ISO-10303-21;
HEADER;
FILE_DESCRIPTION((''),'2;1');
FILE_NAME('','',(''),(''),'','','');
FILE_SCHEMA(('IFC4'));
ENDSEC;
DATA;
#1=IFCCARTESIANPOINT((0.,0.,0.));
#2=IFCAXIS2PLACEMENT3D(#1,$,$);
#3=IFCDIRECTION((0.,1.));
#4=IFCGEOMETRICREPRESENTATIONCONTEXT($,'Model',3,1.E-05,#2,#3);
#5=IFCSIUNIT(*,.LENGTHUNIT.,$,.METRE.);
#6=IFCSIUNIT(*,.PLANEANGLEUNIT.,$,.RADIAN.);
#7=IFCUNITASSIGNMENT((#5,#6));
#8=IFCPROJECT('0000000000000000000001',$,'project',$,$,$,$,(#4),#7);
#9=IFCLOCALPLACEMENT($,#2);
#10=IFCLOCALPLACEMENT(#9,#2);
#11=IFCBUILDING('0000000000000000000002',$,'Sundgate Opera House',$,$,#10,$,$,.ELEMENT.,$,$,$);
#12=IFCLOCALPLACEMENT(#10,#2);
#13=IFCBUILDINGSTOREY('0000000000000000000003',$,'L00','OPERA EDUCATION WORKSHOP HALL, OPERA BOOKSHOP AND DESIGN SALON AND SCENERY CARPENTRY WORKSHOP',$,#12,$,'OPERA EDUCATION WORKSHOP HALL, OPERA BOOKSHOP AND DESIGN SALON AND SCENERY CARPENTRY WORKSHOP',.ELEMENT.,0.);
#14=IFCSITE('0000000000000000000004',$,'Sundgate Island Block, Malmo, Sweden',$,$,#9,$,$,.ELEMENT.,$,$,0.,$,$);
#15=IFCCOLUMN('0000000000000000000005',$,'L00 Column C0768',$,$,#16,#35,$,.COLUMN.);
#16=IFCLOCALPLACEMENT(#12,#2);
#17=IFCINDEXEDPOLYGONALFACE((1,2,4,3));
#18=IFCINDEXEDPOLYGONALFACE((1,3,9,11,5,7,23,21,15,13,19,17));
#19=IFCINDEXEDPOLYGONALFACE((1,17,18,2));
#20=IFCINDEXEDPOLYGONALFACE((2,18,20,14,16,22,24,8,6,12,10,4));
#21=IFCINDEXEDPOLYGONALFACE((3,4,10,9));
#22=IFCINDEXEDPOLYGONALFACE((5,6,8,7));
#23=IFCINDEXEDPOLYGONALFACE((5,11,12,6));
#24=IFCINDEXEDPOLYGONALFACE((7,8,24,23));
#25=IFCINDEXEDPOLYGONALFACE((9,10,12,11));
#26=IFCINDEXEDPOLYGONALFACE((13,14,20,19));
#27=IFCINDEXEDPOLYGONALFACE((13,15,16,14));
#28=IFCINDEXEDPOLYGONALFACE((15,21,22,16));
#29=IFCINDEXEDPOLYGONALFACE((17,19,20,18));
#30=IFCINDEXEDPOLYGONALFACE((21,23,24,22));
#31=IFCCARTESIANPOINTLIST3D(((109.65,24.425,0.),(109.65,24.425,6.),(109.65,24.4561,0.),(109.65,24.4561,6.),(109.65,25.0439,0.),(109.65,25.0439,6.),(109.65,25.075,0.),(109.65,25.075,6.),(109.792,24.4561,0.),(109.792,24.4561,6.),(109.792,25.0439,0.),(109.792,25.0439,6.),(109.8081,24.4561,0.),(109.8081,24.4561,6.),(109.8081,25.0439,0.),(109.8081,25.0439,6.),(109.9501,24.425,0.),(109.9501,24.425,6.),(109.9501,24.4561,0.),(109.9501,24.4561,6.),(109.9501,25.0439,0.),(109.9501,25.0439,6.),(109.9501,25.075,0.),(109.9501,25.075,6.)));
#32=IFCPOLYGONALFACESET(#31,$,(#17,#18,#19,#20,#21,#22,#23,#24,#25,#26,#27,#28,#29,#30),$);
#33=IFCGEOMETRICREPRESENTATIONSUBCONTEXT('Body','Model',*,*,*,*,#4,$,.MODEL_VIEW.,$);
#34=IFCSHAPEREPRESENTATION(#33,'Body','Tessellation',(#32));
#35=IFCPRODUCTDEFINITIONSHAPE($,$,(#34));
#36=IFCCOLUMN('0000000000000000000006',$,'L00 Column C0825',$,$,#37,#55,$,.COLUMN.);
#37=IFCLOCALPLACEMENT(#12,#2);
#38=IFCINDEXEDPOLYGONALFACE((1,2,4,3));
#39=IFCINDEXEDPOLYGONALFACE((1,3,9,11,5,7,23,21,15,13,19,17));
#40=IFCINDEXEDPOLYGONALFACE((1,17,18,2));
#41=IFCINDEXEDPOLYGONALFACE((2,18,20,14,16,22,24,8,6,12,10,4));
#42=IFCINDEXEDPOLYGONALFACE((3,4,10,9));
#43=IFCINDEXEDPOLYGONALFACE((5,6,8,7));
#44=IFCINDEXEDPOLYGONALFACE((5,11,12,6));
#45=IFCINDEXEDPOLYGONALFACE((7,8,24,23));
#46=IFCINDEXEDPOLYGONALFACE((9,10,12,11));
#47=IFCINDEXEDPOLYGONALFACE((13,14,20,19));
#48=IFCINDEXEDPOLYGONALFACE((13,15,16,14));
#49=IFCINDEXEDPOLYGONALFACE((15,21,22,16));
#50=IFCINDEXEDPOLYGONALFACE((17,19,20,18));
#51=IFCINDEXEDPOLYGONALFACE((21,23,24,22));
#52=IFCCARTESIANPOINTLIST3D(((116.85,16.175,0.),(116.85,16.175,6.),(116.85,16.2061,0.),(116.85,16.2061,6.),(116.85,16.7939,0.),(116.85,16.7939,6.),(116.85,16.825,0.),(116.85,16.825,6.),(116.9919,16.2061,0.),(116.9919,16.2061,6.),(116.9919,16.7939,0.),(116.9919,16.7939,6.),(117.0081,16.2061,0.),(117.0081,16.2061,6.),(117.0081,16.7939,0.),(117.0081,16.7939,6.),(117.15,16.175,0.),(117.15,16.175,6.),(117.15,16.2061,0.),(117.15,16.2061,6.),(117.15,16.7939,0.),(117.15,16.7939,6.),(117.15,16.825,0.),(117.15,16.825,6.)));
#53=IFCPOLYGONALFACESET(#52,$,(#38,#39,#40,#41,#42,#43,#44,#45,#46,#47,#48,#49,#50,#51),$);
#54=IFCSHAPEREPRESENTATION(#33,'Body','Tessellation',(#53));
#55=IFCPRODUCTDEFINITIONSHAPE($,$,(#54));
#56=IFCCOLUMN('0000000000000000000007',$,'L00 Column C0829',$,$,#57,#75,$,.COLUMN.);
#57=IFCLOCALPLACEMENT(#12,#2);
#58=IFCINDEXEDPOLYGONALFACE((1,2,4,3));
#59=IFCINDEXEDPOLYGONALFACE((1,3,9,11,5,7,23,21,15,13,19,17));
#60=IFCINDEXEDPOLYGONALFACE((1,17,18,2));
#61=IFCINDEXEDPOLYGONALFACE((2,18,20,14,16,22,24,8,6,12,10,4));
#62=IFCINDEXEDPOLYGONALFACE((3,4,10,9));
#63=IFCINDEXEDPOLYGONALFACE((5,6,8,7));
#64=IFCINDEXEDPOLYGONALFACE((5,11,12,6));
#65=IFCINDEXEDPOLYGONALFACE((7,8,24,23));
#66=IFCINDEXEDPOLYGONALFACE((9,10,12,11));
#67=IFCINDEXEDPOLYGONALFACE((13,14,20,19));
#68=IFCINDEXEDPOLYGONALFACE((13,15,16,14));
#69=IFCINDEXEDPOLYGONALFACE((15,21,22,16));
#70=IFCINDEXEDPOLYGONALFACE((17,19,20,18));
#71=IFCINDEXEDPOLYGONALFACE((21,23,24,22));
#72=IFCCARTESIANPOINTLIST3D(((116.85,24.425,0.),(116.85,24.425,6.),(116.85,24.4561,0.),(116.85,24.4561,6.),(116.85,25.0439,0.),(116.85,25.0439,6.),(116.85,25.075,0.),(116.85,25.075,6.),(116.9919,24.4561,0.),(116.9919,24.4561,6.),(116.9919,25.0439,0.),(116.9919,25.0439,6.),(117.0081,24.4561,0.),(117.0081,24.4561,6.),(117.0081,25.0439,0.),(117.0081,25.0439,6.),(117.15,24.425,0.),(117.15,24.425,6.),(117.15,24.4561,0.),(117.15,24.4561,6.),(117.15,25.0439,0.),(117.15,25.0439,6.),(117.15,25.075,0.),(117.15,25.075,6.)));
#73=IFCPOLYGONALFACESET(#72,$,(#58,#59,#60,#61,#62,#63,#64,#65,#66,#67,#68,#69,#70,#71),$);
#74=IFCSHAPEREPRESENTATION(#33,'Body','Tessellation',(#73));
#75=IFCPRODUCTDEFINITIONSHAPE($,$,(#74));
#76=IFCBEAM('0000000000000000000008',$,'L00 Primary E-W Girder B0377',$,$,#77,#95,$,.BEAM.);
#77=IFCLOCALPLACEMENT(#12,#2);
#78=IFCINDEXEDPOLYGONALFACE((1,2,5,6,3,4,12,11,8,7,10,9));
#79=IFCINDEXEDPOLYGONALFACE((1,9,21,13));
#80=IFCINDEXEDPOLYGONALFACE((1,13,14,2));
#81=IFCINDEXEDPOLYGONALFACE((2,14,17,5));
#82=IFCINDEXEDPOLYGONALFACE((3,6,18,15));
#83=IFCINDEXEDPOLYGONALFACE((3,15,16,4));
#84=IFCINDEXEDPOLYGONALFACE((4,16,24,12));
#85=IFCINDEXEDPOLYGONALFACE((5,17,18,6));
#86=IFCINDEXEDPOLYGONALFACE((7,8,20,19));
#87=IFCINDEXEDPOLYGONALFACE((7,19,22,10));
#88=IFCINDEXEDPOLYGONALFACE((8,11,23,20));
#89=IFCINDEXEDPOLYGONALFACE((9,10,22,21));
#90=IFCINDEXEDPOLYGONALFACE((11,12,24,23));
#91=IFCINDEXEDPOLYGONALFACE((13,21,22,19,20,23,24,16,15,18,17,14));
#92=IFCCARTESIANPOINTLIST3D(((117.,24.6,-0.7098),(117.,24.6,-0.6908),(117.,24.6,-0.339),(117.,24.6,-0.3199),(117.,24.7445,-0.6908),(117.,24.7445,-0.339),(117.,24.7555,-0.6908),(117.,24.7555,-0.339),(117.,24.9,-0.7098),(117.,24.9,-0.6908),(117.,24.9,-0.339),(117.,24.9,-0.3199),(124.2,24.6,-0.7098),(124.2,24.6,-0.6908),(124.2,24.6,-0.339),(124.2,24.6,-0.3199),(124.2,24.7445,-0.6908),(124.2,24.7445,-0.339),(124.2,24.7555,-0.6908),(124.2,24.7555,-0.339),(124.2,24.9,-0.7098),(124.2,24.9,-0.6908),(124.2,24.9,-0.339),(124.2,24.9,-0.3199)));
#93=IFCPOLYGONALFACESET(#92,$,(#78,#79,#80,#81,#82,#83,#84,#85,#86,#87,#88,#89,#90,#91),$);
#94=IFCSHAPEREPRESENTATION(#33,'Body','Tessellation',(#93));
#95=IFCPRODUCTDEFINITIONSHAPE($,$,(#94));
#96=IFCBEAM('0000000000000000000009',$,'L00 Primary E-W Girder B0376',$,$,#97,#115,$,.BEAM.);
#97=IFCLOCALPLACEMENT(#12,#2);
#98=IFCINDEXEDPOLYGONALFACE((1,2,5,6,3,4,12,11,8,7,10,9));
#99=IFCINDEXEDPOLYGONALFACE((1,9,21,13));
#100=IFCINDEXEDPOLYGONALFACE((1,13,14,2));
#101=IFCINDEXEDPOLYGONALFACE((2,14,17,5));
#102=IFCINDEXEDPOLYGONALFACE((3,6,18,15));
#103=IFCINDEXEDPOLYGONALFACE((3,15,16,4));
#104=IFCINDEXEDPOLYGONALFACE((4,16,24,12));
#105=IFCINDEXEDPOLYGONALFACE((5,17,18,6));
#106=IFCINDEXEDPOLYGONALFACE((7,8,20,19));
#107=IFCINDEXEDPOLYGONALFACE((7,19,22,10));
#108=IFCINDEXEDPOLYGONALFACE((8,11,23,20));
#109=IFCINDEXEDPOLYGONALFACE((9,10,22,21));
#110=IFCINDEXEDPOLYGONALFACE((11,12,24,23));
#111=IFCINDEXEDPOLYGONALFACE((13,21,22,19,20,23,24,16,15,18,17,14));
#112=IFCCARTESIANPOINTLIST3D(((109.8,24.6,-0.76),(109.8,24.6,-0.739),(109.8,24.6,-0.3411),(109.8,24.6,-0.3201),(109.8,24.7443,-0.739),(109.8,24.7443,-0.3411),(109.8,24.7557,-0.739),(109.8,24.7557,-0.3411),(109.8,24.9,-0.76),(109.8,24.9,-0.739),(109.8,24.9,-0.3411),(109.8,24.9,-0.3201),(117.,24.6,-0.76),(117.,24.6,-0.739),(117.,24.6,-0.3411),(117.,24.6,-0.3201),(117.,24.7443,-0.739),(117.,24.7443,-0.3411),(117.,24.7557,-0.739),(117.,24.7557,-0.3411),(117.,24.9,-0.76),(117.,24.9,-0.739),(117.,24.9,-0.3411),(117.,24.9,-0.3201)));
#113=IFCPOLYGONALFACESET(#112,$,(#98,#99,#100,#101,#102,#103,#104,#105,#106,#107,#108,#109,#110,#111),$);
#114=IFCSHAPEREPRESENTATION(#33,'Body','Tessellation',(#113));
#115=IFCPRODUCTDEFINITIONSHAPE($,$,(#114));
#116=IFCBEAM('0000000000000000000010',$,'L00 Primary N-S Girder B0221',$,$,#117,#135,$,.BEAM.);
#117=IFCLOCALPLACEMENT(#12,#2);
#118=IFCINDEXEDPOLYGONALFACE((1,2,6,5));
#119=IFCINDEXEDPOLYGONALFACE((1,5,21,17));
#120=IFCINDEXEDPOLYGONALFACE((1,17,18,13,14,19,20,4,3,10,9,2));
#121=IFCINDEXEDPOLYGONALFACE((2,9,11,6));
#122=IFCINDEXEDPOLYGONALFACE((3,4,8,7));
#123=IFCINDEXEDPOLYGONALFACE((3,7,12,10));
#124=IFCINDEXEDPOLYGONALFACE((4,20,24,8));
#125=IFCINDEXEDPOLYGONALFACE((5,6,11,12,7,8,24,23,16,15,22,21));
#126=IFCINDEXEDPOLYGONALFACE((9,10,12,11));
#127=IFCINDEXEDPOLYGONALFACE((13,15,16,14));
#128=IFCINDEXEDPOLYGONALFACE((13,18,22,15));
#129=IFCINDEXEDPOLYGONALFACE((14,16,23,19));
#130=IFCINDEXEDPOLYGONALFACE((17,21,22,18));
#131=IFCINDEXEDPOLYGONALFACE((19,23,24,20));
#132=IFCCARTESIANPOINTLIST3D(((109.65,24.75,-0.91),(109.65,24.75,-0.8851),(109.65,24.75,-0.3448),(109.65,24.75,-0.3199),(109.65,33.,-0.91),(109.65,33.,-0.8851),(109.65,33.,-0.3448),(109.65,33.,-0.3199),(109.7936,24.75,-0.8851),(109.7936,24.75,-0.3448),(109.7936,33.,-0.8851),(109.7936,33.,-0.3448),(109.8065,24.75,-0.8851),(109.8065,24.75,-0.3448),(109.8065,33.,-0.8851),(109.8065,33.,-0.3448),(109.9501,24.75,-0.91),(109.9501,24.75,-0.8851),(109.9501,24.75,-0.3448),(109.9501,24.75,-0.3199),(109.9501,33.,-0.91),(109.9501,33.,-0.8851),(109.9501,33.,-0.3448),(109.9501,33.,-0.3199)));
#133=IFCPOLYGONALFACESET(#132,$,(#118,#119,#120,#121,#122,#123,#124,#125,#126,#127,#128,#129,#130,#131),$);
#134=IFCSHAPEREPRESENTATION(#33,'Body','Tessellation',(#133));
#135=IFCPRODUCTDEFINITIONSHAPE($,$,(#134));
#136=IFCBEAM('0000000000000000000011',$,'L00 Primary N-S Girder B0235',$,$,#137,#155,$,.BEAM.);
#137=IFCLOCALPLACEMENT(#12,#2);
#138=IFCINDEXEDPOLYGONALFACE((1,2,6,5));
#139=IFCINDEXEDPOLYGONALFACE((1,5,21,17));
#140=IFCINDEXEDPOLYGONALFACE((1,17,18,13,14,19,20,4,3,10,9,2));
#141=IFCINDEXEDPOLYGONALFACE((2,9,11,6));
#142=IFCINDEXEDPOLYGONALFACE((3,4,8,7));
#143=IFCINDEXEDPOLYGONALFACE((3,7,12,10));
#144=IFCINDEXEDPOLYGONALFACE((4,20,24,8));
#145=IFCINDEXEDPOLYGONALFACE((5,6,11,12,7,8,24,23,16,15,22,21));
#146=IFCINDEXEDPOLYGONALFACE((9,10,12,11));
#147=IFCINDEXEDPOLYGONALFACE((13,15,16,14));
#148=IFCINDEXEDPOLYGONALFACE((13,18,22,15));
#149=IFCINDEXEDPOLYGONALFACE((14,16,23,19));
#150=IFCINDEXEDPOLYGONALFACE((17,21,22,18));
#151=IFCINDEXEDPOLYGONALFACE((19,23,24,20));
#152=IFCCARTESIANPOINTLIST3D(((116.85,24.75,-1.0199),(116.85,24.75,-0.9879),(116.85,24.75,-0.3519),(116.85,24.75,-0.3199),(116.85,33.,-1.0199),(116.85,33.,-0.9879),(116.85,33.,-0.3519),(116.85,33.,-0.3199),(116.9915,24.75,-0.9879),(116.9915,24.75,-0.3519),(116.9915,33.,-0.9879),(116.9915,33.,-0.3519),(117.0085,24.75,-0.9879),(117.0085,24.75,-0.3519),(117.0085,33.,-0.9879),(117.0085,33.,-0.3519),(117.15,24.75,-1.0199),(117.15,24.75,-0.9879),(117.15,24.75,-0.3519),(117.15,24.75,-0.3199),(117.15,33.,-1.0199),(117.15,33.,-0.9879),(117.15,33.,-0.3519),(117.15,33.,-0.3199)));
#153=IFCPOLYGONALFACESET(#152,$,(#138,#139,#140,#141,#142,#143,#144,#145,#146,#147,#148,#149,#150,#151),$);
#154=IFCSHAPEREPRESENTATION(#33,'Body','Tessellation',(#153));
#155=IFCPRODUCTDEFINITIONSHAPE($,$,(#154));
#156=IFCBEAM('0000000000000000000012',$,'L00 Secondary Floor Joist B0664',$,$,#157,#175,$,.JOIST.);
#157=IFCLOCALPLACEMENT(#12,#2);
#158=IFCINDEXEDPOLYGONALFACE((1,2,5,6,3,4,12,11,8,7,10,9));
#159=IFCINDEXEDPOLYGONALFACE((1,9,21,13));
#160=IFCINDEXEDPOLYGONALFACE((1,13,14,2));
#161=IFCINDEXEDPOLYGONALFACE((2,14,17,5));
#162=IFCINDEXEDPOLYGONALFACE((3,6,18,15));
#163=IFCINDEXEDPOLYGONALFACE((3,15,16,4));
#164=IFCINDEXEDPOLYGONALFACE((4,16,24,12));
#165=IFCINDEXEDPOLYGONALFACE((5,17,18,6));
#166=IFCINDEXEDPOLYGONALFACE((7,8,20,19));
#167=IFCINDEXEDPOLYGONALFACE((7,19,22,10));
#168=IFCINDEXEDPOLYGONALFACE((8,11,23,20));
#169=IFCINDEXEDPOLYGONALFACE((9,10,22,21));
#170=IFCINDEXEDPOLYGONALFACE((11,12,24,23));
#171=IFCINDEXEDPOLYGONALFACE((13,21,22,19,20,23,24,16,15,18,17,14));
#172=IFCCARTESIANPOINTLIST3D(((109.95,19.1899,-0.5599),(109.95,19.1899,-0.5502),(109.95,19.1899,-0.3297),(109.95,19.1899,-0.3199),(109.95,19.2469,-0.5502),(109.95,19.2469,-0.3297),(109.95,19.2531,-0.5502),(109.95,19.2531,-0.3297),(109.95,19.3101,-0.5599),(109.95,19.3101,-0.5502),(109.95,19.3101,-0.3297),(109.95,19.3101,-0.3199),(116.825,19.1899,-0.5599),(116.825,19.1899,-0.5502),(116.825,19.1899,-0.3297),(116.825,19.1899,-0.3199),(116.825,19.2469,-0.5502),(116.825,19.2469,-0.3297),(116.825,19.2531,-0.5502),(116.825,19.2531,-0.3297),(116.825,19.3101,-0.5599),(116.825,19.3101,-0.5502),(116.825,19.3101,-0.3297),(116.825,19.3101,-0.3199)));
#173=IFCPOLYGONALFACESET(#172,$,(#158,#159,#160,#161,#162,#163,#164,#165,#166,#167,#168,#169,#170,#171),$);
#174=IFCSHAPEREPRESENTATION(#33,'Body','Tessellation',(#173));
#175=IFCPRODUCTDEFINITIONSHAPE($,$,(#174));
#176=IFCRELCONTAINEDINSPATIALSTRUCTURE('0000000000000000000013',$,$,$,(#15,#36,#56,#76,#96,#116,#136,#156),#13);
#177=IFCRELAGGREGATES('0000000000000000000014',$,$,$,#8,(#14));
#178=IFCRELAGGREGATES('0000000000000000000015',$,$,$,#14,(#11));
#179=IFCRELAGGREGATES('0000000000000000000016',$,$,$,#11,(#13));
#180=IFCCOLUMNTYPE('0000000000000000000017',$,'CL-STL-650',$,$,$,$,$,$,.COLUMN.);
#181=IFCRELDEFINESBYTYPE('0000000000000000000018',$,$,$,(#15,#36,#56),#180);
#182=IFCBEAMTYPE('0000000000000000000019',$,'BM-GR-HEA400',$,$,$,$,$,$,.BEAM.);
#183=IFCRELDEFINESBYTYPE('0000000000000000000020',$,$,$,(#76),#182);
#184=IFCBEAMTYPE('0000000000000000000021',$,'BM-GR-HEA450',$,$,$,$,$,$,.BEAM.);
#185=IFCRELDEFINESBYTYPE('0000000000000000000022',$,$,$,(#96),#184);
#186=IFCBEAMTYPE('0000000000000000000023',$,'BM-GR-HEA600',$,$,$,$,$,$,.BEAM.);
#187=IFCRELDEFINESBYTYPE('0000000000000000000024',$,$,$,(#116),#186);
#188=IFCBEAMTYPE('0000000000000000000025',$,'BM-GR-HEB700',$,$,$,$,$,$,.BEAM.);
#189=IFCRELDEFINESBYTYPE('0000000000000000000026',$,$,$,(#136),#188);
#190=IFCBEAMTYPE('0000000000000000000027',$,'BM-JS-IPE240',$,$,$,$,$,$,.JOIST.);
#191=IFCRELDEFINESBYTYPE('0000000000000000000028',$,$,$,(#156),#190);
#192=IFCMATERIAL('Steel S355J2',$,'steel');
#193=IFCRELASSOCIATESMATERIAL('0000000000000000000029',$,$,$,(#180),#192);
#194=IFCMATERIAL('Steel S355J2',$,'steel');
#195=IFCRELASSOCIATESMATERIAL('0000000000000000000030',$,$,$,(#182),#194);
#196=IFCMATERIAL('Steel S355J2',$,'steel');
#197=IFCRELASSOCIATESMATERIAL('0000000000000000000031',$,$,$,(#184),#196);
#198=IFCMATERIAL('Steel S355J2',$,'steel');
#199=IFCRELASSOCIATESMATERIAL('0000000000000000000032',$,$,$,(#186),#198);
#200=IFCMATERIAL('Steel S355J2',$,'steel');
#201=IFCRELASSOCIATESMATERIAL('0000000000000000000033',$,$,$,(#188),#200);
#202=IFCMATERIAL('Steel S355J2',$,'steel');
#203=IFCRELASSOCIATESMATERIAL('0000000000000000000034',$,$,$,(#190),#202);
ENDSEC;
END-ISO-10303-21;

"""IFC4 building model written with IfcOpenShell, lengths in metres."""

from ifc_helpers import new_model, si_unit, direction, frame, origin, origin_2d, place, context, subcontext, project, spatial, i_section, extrude, material, material_profile, profile_set, type_object, element, save


model = new_model("IFC4")

# Units and contexts
model_context = context("Model", 3, precision=1e-05, world=origin(), true_north=direction((0.0, 1.0)))
body_context = subcontext(model_context, "Body", "Model", "MODEL_VIEW")
ifc_project = project(units=[si_unit("LENGTHUNIT", "METRE"), si_unit("PLANEANGLEUNIT", "RADIAN")], contexts=[model_context])

# Site, building, storey
site_placement = place(None, origin())
site = spatial("IfcSite", under=ifc_project, at=site_placement, Name="Sundgate Island Block, Malmo, Sweden", CompositionType="ELEMENT", RefElevation=0.0)
building_placement = place(site_placement, origin())
building = spatial("IfcBuilding", under=site, at=building_placement, Name="Sundgate Opera House", CompositionType="ELEMENT")
storey_placement = place(building_placement, origin())
storey = spatial("IfcBuildingStorey", under=building, at=storey_placement, Name="L00", Description="OPERA EDUCATION WORKSHOP HALL, OPERA BOOKSHOP AND DESIGN SALON AND SCENERY CARPENTRY WORKSHOP", LongName="OPERA EDUCATION WORKSHOP HALL, OPERA BOOKSHOP AND DESIGN SALON AND SCENERY CARPENTRY WORKSHOP", CompositionType="ELEMENT", Elevation=0.0)

# Columns
ifc_material_1 = material(Name="Steel S355J2", Category="steel")
ifc_material_profile_1 = material_profile(ifc_material_1, i_section(OverallWidth=0.3, OverallDepth=0.6499, WebThickness=0.0161, FlangeThickness=0.031, at=origin_2d()), Name="HEB 650")
ifc_profile_set_1 = profile_set([ifc_material_profile_1], Name="Steel S355J2")
column_type = type_object("IfcColumnType", Name="CL-STL-650", PredefinedType="COLUMN", material=ifc_profile_set_1)
for number, where, z_axis, x_axis, name in (
    (1, (109.8, 24.75, 0.0), (0.0, 0.0, 1.0), (1.0, 0.0, 0.0), "L00 Column C0768"),
    (2, (117.0, 16.5, 0.0), (0.0, 0.0, 1.0), (1.0, 0.0, 0.0), "L00 Column C0825"),
    (3, (117.0, 24.75, 0.0), (0.0, 0.0, 1.0), (1.0, 0.0, 0.0), "L00 Column C0829"),
):
    element("IfcColumn", number, at=place(storey_placement, frame(where, z_axis=z_axis, x_axis=x_axis)), inside=storey, type_object=column_type, Name=name, PredefinedType="COLUMN", context=body_context, shape_type="SweptSolid", body=[
        extrude(i_section(OverallWidth=0.3, OverallDepth=0.6499, WebThickness=0.0161, FlangeThickness=0.031, at=origin_2d()), origin(), (0.0, 0.0, 1.0), 6.0),
    ])

# Beams
ifc_material_2 = material(Name="Steel S355J2", Category="steel")
ifc_material_profile_2 = material_profile(ifc_material_2, i_section(OverallWidth=0.3, OverallDepth=0.3899, WebThickness=0.011, FlangeThickness=0.019, at=origin_2d()), Name="HEA 400")
ifc_profile_set_2 = profile_set([ifc_material_profile_2], Name="Steel S355J2")
beam_type_1 = type_object("IfcBeamType", Name="BM-GR-HEA400", PredefinedType="BEAM", material=ifc_profile_set_2)
beam_1_placement = place(storey_placement, frame((117.0, 24.75, -0.5149), z_axis=(1.0, 0.0, 0.0), x_axis=(0.0, 1.0, 0.0)))
element("IfcBeam", 4, at=beam_1_placement, inside=storey, type_object=beam_type_1, Name="L00 Primary E-W Girder B0377", PredefinedType="BEAM", context=body_context, shape_type="SweptSolid", body=[
    extrude(i_section(OverallWidth=0.3, OverallDepth=0.3899, WebThickness=0.011, FlangeThickness=0.019, at=origin_2d()), origin(), (0.0, 0.0, 1.0), 7.2),
])
ifc_material_3 = material(Name="Steel S355J2", Category="steel")
ifc_material_profile_3 = material_profile(ifc_material_3, i_section(OverallWidth=0.3, OverallDepth=0.4399, WebThickness=0.0115, FlangeThickness=0.021, at=origin_2d()), Name="HEA 450")
ifc_profile_set_3 = profile_set([ifc_material_profile_3], Name="Steel S355J2")
beam_type_2 = type_object("IfcBeamType", Name="BM-GR-HEA450", PredefinedType="BEAM", material=ifc_profile_set_3)
beam_2_placement = place(storey_placement, frame((109.8, 24.75, -0.54), z_axis=(1.0, 0.0, 0.0), x_axis=(0.0, 1.0, 0.0)))
element("IfcBeam", 5, at=beam_2_placement, inside=storey, type_object=beam_type_2, Name="L00 Primary E-W Girder B0376", PredefinedType="BEAM", context=body_context, shape_type="SweptSolid", body=[
    extrude(i_section(OverallWidth=0.3, OverallDepth=0.4399, WebThickness=0.0115, FlangeThickness=0.021, at=origin_2d()), origin(), (0.0, 0.0, 1.0), 7.2),
])
ifc_material_4 = material(Name="Steel S355J2", Category="steel")
ifc_material_profile_4 = material_profile(ifc_material_4, i_section(OverallWidth=0.3, OverallDepth=0.5901, WebThickness=0.0129, FlangeThickness=0.0249, at=origin_2d()), Name="HEA 600")
ifc_profile_set_4 = profile_set([ifc_material_profile_4], Name="Steel S355J2")
beam_type_3 = type_object("IfcBeamType", Name="BM-GR-HEA600", PredefinedType="BEAM", material=ifc_profile_set_4)
beam_3_placement = place(storey_placement, frame((109.8, 24.75, -0.615), z_axis=(0.0, 1.0, 0.0), x_axis=(-1.0, 0.0, 0.0)))
element("IfcBeam", 6, at=beam_3_placement, inside=storey, type_object=beam_type_3, Name="L00 Primary N-S Girder B0221", PredefinedType="BEAM", context=body_context, shape_type="SweptSolid", body=[
    extrude(i_section(OverallWidth=0.3, OverallDepth=0.5901, WebThickness=0.0129, FlangeThickness=0.0249, at=origin_2d()), origin(), (0.0, 0.0, 1.0), 8.25),
])
ifc_material_5 = material(Name="Steel S355J2", Category="steel")
ifc_material_profile_5 = material_profile(ifc_material_5, i_section(OverallWidth=0.3, OverallDepth=0.7, WebThickness=0.0171, FlangeThickness=0.032, at=origin_2d()), Name="HEB 700")
ifc_profile_set_5 = profile_set([ifc_material_profile_5], Name="Steel S355J2")
beam_type_4 = type_object("IfcBeamType", Name="BM-GR-HEB700", PredefinedType="BEAM", material=ifc_profile_set_5)
beam_4_placement = place(storey_placement, frame((117.0, 24.75, -0.6699), z_axis=(0.0, 1.0, 0.0), x_axis=(-1.0, 0.0, 0.0)))
element("IfcBeam", 7, at=beam_4_placement, inside=storey, type_object=beam_type_4, Name="L00 Primary N-S Girder B0235", PredefinedType="BEAM", context=body_context, shape_type="SweptSolid", body=[
    extrude(i_section(OverallWidth=0.3, OverallDepth=0.7, WebThickness=0.0171, FlangeThickness=0.032, at=origin_2d()), origin(), (0.0, 0.0, 1.0), 8.25),
])
ifc_material_6 = material(Name="Steel S355J2", Category="steel")
ifc_material_profile_6 = material_profile(ifc_material_6, i_section(OverallWidth=0.1201, OverallDepth=0.24, WebThickness=0.0061, FlangeThickness=0.0098, at=origin_2d()), Name="IPE 240")
ifc_profile_set_6 = profile_set([ifc_material_profile_6], Name="Steel S355J2")
beam_type_5 = type_object("IfcBeamType", Name="BM-JS-IPE240", PredefinedType="JOIST", material=ifc_profile_set_6)
beam_5_placement = place(storey_placement, frame((109.95, 19.25, -0.4399), z_axis=(1.0, 0.0, 0.0), x_axis=(0.0, 1.0, 0.0)))
element("IfcBeam", 8, at=beam_5_placement, inside=storey, type_object=beam_type_5, Name="L00 Secondary Floor Joist B0664", PredefinedType="JOIST", context=body_context, shape_type="SweptSolid", body=[
    extrude(i_section(OverallWidth=0.1201, OverallDepth=0.24, WebThickness=0.0061, FlangeThickness=0.0098, at=origin_2d()), origin(), (0.0, 0.0, 1.0), 6.875),
])

save(model, "model.ifc")
